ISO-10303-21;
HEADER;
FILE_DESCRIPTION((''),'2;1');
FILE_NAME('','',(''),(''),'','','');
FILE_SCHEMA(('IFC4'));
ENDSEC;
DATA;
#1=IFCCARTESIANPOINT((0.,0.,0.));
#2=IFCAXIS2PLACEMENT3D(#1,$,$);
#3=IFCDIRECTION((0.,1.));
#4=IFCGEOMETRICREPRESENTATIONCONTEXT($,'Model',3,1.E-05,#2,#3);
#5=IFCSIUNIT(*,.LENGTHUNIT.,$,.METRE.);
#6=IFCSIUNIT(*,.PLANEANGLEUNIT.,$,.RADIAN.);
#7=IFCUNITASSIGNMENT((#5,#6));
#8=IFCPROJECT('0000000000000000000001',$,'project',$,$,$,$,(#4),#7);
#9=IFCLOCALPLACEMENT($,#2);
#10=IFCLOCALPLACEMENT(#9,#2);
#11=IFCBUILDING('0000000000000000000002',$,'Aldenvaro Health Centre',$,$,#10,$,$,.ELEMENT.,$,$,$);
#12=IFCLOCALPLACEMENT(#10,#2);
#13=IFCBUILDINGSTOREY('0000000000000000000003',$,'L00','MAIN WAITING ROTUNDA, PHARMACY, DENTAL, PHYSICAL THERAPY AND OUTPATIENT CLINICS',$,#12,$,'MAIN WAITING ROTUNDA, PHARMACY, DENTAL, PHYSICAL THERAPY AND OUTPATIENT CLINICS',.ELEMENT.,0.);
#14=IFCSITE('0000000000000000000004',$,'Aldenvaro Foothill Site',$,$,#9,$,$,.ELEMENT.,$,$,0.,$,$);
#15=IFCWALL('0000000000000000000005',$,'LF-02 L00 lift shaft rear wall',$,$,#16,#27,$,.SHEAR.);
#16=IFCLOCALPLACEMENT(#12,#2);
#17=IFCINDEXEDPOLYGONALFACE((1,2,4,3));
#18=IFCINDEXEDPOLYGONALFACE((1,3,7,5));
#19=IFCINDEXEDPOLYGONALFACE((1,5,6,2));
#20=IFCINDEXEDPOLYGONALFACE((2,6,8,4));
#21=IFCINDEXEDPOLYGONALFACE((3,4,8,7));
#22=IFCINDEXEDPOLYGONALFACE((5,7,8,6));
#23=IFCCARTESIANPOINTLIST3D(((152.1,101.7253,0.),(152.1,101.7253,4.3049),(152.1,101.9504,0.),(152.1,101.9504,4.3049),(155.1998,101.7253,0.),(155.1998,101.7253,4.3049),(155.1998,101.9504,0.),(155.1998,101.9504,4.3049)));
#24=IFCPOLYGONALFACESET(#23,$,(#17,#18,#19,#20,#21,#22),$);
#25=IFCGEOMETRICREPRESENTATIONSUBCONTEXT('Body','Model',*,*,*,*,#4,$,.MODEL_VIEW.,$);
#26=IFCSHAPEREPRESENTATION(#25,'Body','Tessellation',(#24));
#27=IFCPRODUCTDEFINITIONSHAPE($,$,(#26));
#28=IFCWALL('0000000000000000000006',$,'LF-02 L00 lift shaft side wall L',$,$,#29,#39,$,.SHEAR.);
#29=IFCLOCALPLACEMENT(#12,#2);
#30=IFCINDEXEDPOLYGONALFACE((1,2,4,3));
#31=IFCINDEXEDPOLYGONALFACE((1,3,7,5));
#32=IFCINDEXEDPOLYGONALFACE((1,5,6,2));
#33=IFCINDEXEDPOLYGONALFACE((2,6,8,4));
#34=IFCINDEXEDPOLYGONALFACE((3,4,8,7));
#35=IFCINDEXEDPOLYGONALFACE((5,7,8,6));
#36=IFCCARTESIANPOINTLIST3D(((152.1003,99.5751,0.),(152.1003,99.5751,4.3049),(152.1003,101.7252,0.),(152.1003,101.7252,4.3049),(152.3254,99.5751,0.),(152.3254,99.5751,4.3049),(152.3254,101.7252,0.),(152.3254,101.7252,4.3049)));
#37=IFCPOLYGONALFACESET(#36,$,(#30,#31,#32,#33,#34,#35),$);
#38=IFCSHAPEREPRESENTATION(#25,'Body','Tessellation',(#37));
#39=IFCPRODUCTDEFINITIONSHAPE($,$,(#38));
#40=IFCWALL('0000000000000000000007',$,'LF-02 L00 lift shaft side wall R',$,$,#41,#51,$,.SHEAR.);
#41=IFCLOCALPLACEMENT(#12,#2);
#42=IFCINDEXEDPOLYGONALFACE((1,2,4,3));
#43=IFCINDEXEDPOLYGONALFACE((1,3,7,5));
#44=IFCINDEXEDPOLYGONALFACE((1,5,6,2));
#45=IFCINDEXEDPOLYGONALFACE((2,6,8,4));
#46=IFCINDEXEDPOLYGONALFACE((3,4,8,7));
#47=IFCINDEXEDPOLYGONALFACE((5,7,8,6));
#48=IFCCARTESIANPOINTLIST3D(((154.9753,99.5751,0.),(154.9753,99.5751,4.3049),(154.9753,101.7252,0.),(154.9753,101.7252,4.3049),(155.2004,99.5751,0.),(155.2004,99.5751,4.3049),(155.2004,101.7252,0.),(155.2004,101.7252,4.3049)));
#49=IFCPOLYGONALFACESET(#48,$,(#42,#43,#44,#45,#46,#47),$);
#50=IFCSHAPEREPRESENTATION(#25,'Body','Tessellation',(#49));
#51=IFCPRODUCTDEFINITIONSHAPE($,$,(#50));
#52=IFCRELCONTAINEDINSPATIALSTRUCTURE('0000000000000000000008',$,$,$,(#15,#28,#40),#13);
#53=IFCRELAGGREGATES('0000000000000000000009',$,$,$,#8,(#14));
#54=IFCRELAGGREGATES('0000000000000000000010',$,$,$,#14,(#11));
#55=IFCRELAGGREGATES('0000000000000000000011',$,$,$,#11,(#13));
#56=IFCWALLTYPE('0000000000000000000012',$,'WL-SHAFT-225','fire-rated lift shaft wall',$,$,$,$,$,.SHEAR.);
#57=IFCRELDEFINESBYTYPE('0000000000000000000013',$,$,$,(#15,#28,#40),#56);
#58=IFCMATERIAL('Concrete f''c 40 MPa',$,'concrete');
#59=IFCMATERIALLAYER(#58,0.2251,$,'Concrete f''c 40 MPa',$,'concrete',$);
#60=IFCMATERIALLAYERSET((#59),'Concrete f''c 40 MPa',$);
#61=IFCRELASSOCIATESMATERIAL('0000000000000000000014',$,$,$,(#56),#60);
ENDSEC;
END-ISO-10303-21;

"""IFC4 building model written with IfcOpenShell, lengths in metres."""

from ifc_helpers import new_model, si_unit, direction, frame, frame_2d, origin, place, context, subcontext, project, spatial, rectangle, extrude, material, layer, layer_set, type_object, element, save


model = new_model("IFC4")

# Units and contexts
model_context = context("Model", 3, precision=1e-05, world=origin(), true_north=direction((0.0, 1.0)))
body_context = subcontext(model_context, "Body", "Model", "MODEL_VIEW")
ifc_project = project(units=[si_unit("LENGTHUNIT", "METRE"), si_unit("PLANEANGLEUNIT", "RADIAN")], contexts=[model_context])

# Site, building, storey
site_placement = place(None, origin())
site = spatial("IfcSite", under=ifc_project, at=site_placement, Name="Aldenvaro Foothill Site", CompositionType="ELEMENT", RefElevation=0.0)
building_placement = place(site_placement, origin())
building = spatial("IfcBuilding", under=site, at=building_placement, Name="Aldenvaro Health Centre", CompositionType="ELEMENT")
storey_placement = place(building_placement, origin())
storey = spatial("IfcBuildingStorey", under=building, at=storey_placement, Name="L00", Description="MAIN WAITING ROTUNDA, PHARMACY, DENTAL, PHYSICAL THERAPY AND OUTPATIENT CLINICS", LongName="MAIN WAITING ROTUNDA, PHARMACY, DENTAL, PHYSICAL THERAPY AND OUTPATIENT CLINICS", CompositionType="ELEMENT", Elevation=0.0)

# Shared definitions
ifc_material_1 = material(Name="Concrete f'c 40 MPa", Category="concrete")
ifc_layer_1 = layer(ifc_material_1, 0.2251, Name="Concrete f'c 40 MPa", Category="concrete")
ifc_layer_set_1 = layer_set([ifc_layer_1], Name="Concrete f'c 40 MPa")
wall_type_1 = type_object("IfcWallType", Name="WL-SHAFT-225", Description="fire-rated lift shaft wall", PredefinedType="SHEAR", material=ifc_layer_set_1)

# Walls
wall_1_placement = place(storey_placement, frame((152.1001, 101.8379, 0.0), z_axis=(0.0, 0.0, 1.0), x_axis=(1.0, 0.0, 0.0)))
element("IfcWall", 1, at=wall_1_placement, inside=storey, type_object=wall_type_1, Name="LF-02 L00 lift shaft rear wall", PredefinedType="SHEAR", context=body_context, shape_type="SweptSolid", body=[
    extrude(rectangle(XDim=3.0999, YDim=0.2251, at=frame_2d((1.5498, 0.0))), origin(), (0.0, 0.0, 1.0), 4.3049),
])
for number, where, z_axis, x_axis, name in (
    (2, (152.2129, 99.575, 0.0), (0.0, 0.0, 1.0), (0.0, 1.0, 0.0), "LF-02 L00 lift shaft side wall L"),
    (3, (155.0879, 99.575, 0.0), (0.0, 0.0, 1.0), (0.0, 1.0, 0.0), "LF-02 L00 lift shaft side wall R"),
):
    element("IfcWall", number, at=place(storey_placement, frame(where, z_axis=z_axis, x_axis=x_axis)), inside=storey, type_object=wall_type_1, Name=name, PredefinedType="SHEAR", context=body_context, shape_type="SweptSolid", body=[
        extrude(rectangle(XDim=2.1501, YDim=0.2251, at=frame_2d((1.0752, 0.0))), origin(), (0.0, 0.0, 1.0), 4.3049),
    ])

save(model, "model.ifc")
